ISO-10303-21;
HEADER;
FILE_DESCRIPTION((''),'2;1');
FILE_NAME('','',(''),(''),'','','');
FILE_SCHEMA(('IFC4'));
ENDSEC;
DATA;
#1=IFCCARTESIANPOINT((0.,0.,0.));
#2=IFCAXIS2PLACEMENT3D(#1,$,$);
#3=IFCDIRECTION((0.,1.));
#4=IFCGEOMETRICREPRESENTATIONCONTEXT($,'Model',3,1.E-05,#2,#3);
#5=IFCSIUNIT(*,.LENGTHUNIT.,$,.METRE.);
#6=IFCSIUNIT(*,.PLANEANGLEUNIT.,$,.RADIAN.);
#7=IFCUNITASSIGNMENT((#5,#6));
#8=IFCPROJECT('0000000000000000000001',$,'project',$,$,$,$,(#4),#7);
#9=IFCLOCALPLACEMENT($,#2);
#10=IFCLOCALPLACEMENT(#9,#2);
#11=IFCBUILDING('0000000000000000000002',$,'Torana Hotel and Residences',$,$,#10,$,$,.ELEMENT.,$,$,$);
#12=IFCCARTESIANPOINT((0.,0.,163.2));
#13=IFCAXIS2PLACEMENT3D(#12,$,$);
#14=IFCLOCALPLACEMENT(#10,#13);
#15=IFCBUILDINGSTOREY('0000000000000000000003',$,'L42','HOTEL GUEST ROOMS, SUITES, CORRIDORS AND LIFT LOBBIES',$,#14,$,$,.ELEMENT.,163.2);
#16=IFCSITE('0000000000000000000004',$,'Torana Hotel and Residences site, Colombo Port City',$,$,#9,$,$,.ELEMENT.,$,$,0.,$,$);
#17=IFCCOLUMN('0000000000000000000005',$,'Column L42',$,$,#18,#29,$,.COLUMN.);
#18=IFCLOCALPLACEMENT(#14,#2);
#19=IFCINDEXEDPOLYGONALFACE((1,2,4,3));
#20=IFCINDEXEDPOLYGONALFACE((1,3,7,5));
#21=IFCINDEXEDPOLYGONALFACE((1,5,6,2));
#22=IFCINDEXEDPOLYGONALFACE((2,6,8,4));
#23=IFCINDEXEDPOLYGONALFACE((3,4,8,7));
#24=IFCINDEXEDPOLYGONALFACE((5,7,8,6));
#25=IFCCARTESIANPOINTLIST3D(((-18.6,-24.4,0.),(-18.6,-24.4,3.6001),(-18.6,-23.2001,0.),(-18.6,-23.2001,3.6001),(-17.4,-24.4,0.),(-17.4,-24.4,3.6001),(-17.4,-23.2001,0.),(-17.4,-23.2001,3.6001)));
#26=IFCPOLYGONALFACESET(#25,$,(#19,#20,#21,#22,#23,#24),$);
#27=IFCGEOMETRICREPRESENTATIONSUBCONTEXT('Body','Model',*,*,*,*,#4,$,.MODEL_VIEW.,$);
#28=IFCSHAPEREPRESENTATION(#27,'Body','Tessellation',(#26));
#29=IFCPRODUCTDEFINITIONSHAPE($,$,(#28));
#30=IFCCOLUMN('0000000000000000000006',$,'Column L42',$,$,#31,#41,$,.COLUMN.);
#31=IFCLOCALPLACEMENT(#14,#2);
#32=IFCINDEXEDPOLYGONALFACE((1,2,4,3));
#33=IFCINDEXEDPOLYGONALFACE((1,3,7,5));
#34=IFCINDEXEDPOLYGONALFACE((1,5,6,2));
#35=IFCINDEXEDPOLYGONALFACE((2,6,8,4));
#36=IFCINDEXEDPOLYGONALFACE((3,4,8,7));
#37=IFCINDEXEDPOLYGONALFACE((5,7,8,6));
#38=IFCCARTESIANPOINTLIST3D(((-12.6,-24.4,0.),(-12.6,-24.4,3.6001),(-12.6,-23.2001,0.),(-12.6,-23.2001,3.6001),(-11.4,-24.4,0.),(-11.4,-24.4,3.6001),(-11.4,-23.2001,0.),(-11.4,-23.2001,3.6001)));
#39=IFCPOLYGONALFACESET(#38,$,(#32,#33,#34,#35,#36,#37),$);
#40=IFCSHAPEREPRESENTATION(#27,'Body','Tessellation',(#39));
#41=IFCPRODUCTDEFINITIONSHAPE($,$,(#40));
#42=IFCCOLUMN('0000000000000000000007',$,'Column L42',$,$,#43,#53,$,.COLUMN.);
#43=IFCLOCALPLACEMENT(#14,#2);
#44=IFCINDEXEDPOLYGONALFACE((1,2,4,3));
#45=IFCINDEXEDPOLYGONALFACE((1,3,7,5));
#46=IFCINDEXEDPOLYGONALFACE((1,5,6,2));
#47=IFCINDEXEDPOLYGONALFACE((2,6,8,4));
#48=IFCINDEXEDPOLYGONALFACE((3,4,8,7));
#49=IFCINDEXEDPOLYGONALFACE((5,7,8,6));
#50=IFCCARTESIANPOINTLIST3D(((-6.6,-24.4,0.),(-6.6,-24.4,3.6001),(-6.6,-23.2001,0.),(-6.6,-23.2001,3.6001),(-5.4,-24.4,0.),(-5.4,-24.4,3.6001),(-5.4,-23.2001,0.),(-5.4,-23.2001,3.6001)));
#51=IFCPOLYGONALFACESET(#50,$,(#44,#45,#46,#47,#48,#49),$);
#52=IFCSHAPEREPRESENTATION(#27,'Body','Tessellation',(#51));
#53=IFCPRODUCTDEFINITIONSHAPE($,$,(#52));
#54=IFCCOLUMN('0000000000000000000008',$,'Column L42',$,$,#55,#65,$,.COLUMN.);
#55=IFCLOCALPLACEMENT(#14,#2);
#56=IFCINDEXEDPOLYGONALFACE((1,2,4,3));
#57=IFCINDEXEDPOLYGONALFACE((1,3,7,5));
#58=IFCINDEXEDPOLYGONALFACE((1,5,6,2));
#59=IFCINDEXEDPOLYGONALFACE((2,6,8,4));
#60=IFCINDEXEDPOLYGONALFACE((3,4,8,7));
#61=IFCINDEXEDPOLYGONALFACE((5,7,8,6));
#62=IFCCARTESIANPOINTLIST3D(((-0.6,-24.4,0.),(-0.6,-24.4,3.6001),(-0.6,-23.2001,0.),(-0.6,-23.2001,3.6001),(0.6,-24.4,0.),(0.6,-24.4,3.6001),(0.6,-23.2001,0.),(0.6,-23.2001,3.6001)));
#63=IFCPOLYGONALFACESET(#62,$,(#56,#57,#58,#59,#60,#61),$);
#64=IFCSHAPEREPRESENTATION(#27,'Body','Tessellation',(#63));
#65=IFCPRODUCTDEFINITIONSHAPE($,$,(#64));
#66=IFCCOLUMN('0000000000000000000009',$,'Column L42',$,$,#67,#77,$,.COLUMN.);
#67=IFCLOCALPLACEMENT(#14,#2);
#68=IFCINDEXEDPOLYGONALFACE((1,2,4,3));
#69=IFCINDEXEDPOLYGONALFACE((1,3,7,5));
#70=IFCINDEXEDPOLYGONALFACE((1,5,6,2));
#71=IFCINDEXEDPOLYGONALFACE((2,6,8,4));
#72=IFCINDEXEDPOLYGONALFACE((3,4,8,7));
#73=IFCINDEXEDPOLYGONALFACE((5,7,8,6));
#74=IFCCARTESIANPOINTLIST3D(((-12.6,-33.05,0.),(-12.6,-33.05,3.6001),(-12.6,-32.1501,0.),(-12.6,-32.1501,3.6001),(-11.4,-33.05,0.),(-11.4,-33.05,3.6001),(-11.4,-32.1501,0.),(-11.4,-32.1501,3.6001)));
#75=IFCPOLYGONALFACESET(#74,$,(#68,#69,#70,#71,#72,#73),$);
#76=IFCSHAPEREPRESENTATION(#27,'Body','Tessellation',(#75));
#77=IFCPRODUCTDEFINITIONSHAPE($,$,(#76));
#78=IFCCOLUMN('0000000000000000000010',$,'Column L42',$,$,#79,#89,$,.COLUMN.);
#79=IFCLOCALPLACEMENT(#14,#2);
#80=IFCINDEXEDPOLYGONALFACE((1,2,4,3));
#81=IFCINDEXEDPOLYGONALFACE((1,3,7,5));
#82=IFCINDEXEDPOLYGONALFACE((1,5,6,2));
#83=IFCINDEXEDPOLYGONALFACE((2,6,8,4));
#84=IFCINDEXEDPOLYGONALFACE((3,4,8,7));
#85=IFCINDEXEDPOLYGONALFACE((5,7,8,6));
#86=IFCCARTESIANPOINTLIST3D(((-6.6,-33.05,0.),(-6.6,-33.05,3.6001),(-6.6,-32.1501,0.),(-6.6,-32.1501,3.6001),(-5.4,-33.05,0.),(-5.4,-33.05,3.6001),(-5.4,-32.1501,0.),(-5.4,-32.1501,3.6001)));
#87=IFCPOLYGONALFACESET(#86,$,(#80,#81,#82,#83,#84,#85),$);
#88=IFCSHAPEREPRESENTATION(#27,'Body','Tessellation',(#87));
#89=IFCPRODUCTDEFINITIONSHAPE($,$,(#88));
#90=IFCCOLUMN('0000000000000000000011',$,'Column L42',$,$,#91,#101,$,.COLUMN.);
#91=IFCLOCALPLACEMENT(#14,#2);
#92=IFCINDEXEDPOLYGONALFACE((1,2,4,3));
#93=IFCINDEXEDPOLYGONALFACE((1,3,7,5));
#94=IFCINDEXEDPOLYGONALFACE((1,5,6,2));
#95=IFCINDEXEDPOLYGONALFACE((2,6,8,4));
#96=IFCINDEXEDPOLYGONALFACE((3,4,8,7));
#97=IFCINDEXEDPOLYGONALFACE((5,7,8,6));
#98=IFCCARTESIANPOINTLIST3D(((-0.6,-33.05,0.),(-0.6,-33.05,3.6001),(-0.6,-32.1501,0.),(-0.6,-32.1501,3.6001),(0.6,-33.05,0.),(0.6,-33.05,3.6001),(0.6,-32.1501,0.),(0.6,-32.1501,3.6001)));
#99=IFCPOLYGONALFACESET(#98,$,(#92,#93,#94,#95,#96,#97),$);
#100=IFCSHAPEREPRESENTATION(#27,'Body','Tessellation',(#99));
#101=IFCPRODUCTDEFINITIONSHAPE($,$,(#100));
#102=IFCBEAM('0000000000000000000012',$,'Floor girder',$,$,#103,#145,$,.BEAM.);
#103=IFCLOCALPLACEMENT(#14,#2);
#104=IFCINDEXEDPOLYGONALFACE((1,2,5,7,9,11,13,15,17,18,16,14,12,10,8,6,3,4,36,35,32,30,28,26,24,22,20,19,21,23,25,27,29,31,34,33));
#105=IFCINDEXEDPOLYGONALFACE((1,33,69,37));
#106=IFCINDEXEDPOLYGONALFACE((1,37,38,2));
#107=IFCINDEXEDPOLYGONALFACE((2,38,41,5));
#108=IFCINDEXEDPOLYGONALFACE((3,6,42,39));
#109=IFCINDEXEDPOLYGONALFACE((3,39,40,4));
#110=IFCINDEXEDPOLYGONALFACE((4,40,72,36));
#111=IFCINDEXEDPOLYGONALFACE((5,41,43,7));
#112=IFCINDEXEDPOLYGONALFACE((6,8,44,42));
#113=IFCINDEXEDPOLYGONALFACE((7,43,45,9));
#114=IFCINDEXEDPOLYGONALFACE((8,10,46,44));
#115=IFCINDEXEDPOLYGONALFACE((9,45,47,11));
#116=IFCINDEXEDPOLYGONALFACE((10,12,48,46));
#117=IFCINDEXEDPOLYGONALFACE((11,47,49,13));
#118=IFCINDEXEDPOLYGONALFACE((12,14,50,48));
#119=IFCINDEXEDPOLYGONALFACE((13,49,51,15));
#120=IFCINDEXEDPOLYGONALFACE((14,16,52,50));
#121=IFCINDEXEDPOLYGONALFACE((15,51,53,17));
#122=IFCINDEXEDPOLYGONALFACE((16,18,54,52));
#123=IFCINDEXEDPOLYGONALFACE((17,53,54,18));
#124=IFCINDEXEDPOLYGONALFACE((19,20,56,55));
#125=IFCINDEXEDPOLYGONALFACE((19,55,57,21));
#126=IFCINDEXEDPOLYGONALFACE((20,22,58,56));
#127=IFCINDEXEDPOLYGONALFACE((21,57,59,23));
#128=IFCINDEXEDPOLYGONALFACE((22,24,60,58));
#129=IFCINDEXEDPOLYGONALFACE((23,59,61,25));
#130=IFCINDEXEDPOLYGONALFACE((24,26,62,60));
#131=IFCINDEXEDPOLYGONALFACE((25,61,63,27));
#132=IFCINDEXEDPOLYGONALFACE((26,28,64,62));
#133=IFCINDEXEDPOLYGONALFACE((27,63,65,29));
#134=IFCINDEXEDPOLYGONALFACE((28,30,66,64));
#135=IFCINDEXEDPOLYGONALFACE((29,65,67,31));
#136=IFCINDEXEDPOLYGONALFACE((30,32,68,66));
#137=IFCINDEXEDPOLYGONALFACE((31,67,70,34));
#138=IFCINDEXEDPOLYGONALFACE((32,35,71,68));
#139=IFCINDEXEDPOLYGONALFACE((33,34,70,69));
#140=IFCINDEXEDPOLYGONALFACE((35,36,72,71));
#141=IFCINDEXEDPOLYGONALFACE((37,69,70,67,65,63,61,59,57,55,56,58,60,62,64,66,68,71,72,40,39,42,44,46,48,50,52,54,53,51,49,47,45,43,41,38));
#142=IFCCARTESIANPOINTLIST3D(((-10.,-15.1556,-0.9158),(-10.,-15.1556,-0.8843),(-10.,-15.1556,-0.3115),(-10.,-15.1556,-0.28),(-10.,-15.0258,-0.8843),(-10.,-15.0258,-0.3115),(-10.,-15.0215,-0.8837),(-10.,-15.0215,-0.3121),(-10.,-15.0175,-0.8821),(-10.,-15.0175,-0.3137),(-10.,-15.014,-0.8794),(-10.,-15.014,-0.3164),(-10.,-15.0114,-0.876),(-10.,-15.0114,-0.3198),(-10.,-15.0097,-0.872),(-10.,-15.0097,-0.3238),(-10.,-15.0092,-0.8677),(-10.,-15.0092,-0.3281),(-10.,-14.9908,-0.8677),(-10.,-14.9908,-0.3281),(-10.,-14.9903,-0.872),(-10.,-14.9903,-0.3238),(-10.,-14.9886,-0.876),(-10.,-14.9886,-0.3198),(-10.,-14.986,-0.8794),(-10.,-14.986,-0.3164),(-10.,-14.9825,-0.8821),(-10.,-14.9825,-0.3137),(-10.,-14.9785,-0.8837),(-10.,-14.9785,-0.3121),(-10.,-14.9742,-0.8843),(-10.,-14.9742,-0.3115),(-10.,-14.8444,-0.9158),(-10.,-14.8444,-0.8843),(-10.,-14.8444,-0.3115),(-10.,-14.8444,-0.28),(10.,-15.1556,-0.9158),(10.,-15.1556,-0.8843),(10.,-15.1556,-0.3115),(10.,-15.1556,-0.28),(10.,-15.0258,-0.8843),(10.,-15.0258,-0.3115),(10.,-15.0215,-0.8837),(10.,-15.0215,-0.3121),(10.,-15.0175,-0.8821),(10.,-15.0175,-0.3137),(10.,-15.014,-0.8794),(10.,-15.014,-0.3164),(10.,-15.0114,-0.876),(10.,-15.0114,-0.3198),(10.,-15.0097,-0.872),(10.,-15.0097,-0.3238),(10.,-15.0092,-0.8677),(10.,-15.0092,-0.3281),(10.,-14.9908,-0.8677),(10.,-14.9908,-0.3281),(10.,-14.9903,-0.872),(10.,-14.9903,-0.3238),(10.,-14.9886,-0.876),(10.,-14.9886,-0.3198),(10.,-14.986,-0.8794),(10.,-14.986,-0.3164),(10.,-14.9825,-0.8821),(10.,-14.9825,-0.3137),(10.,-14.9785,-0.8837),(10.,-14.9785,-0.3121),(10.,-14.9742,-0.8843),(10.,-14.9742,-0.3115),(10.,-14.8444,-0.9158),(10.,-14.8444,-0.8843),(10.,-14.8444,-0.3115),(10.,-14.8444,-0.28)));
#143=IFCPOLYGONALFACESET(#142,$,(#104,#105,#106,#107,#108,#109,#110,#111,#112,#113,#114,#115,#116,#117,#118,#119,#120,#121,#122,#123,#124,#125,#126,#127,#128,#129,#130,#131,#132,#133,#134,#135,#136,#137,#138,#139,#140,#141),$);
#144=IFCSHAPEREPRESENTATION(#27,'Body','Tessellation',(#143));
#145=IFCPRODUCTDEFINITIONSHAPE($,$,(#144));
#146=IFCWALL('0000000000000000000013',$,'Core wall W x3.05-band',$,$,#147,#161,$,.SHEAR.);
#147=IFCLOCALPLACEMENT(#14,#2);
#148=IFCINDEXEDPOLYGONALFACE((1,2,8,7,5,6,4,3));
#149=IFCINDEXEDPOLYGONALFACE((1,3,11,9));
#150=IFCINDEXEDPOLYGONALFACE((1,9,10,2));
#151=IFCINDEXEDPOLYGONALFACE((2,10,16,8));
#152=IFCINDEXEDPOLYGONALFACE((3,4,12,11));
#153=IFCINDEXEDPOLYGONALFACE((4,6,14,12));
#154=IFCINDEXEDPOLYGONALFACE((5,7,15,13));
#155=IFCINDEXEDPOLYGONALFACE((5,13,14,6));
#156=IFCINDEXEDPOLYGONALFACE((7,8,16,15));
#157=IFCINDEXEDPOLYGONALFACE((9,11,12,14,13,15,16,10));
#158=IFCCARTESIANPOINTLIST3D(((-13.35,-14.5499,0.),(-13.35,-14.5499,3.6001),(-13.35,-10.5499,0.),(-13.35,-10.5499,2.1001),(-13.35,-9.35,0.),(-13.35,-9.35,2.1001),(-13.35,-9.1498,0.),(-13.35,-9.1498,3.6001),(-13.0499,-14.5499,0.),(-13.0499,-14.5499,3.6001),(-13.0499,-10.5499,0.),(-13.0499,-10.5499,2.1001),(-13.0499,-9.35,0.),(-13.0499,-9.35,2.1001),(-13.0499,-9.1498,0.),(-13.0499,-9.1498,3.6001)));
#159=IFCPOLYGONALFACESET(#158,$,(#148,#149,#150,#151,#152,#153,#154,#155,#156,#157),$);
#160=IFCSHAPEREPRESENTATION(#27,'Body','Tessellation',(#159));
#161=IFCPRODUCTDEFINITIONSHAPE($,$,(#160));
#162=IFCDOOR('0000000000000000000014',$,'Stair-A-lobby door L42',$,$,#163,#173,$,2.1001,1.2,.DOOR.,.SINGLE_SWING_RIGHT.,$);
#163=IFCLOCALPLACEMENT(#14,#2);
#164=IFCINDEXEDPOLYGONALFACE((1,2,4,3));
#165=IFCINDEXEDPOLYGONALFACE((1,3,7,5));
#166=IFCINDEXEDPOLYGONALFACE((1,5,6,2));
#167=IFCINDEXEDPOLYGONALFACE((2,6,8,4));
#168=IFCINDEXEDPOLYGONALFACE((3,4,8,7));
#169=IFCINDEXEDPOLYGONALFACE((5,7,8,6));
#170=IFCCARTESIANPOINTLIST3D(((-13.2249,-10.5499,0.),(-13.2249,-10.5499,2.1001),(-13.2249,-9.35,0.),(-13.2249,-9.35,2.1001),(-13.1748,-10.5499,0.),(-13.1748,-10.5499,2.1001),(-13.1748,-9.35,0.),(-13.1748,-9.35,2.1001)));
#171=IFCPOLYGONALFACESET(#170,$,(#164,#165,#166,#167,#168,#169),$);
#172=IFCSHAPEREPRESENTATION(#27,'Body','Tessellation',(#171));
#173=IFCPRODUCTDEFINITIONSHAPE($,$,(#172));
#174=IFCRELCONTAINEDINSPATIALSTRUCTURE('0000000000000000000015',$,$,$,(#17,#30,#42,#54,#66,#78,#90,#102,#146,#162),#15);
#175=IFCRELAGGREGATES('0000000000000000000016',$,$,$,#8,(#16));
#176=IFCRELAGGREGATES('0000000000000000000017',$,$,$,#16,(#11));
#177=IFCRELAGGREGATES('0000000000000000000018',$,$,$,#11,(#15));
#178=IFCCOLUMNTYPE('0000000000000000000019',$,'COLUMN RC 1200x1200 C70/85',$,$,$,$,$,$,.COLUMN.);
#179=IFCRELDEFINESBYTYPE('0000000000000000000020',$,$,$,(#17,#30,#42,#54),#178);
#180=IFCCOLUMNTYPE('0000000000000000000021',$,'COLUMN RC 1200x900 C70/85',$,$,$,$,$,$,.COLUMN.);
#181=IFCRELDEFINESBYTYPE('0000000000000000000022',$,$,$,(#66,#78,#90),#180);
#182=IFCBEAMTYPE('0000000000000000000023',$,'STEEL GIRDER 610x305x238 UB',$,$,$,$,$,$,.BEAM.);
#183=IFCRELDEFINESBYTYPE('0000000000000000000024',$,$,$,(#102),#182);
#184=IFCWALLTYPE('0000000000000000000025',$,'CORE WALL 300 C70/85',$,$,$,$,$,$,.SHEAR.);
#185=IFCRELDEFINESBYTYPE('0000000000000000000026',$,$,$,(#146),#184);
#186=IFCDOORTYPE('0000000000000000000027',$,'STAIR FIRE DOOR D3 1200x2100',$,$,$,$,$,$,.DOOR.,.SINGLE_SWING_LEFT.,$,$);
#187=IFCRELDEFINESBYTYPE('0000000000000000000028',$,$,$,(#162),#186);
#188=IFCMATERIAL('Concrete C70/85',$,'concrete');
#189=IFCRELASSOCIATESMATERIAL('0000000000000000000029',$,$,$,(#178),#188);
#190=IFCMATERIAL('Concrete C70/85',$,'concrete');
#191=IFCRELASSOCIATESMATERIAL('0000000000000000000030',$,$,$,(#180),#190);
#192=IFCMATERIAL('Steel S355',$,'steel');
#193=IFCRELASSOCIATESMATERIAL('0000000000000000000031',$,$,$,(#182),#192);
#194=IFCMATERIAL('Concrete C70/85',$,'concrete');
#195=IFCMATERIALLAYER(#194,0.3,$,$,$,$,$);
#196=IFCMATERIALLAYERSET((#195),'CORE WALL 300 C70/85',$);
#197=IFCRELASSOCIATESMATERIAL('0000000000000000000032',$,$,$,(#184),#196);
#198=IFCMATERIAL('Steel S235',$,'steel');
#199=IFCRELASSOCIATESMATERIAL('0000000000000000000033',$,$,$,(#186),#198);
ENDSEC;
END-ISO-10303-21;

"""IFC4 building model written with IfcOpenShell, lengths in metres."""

from ifc_helpers import new_model, si_unit, direction, frame, frame_2d, origin, origin_2d, place, context, subcontext, project, spatial, rectangle, i_section, extrude, material, layer, layer_set, material_profile, profile_set, type_object, element, fill, save


model = new_model("IFC4")

# Units and contexts
model_context = context("Model", 3, precision=1e-05, world=origin(), true_north=direction((0.0, 1.0)))
body_context = subcontext(model_context, "Body", "Model", "MODEL_VIEW")
ifc_project = project(units=[si_unit("LENGTHUNIT", "METRE"), si_unit("PLANEANGLEUNIT", "RADIAN")], contexts=[model_context])

# Site, building, storey
site_placement = place(None, origin())
site = spatial("IfcSite", under=ifc_project, at=site_placement, Name="Torana Hotel and Residences site, Colombo Port City", CompositionType="ELEMENT", RefElevation=0.0)
building_placement = place(site_placement, origin())
building = spatial("IfcBuilding", under=site, at=building_placement, Name="Torana Hotel and Residences", CompositionType="ELEMENT")
storey_placement = place(building_placement, frame((0.0, 0.0, 163.2)))
storey = spatial("IfcBuildingStorey", under=building, at=storey_placement, Name="L42", Description="HOTEL GUEST ROOMS, SUITES, CORRIDORS AND LIFT LOBBIES", CompositionType="ELEMENT", Elevation=163.2)

# Columns
ifc_material_1 = material(Name="Concrete C70/85", Category="concrete")
ifc_material_profile_1 = material_profile(ifc_material_1, rectangle(XDim=1.2, YDim=1.2, at=origin_2d()), Name="RC 1200x1200")
ifc_profile_set_1 = profile_set([ifc_material_profile_1], Name="Concrete C70/85")
column_type_1 = type_object("IfcColumnType", Name="COLUMN RC 1200x1200 C70/85", PredefinedType="COLUMN", material=ifc_profile_set_1)
for number, where, z_axis, x_axis, name in (
    (1, (-18.0, -23.8, 0.0), (0.0, 0.0, 1.0), (1.0, 0.0, 0.0), "Column L42"),
    (2, (-12.0, -23.8, 0.0), (0.0, 0.0, 1.0), (1.0, 0.0, 0.0), "Column L42"),
    (3, (-6.0, -23.8, 0.0), (0.0, 0.0, 1.0), (1.0, 0.0, 0.0), "Column L42"),
    (4, (0.0, -23.8, 0.0), (0.0, 0.0, 1.0), (1.0, 0.0, 0.0), "Column L42"),
):
    element("IfcColumn", number, at=place(storey_placement, frame(where, z_axis=z_axis, x_axis=x_axis)), inside=storey, type_object=column_type_1, Name=name, PredefinedType="COLUMN", context=body_context, shape_type="SweptSolid", body=[
        extrude(rectangle(XDim=1.2, YDim=1.2, at=origin_2d()), origin(), (0.0, 0.0, 1.0), 3.6001),
    ])
ifc_material_2 = material(Name="Concrete C70/85", Category="concrete")
ifc_material_profile_2 = material_profile(ifc_material_2, rectangle(XDim=1.2, YDim=0.8999, at=origin_2d()), Name="RC 1200x900")
ifc_profile_set_2 = profile_set([ifc_material_profile_2], Name="Concrete C70/85")
column_type_2 = type_object("IfcColumnType", Name="COLUMN RC 1200x900 C70/85", PredefinedType="COLUMN", material=ifc_profile_set_2)
for number, where, z_axis, x_axis, name in (
    (5, (-12.0, -32.6001, 0.0), (0.0, 0.0, 1.0), (1.0, 0.0, 0.0), "Column L42"),
    (6, (-6.0, -32.6001, 0.0), (0.0, 0.0, 1.0), (1.0, 0.0, 0.0), "Column L42"),
    (7, (0.0, -32.6001, 0.0), (0.0, 0.0, 1.0), (1.0, 0.0, 0.0), "Column L42"),
):
    element("IfcColumn", number, at=place(storey_placement, frame(where, z_axis=z_axis, x_axis=x_axis)), inside=storey, type_object=column_type_2, Name=name, PredefinedType="COLUMN", context=body_context, shape_type="SweptSolid", body=[
        extrude(rectangle(XDim=1.2, YDim=0.8999, at=origin_2d()), origin(), (0.0, 0.0, 1.0), 3.6001),
    ])

# Beam
ifc_material_3 = material(Name="Steel S355", Category="steel")
ifc_material_profile_3 = material_profile(ifc_material_3, i_section(OverallWidth=0.3113, OverallDepth=0.6357, WebThickness=0.0183, FlangeThickness=0.0315, FilletRadius=0.0166, at=origin_2d()), Name="610x305x238 UB")
ifc_profile_set_3 = profile_set([ifc_material_profile_3], Name="Steel S355")
beam_type = type_object("IfcBeamType", Name="STEEL GIRDER 610x305x238 UB", PredefinedType="BEAM", material=ifc_profile_set_3)
beam_placement = place(storey_placement, frame((-10.0, -15.0, -0.5979), z_axis=(1.0, 0.0, 0.0), x_axis=(0.0, 1.0, 0.0)))
element("IfcBeam", 8, at=beam_placement, inside=storey, type_object=beam_type, Name="Floor girder", PredefinedType="BEAM", context=body_context, shape_type="SweptSolid", body=[
    extrude(i_section(OverallWidth=0.3113, OverallDepth=0.6357, WebThickness=0.0183, FlangeThickness=0.0315, FilletRadius=0.0166, at=origin_2d()), origin(), (0.0, 0.0, 1.0), 20.0),
])

# Wall, opening, door
ifc_material_4 = material(Name="Concrete C70/85", Category="concrete")
ifc_layer_1 = layer(ifc_material_4, 0.3)
ifc_layer_set_1 = layer_set([ifc_layer_1], Name="CORE WALL 300 C70/85")
wall_type_1 = type_object("IfcWallType", Name="CORE WALL 300 C70/85", PredefinedType="SHEAR", material=ifc_layer_set_1)
wall_1_placement = place(storey_placement, frame((-13.2, -14.55, 0.0), z_axis=(0.0, 0.0, 1.0), x_axis=(0.0, 1.0, 0.0)))
wall_1 = element("IfcWall", 9, at=wall_1_placement, inside=storey, type_object=wall_type_1, Name="Core wall W x3.05-band", PredefinedType="SHEAR", context=body_context, shape_type="SweptSolid", body=[
    extrude(rectangle(XDim=5.4001, YDim=0.3, at=frame_2d((2.7002, 0.0))), origin(), (0.0, 0.0, 1.0), 3.6001),
])
opening_1_placement = place(wall_1_placement, frame((4.0, 0.0, 0.0)))
opening_1 = element("IfcOpeningElement", 10, at=opening_1_placement, cuts=wall_1, PredefinedType="OPENING", context=body_context, shape_type="SweptSolid", body=[
    extrude(rectangle(XDim=1.2, YDim=2.1001, at=frame_2d((0.6001, 1.05))), frame((0.0, 0.1599, 0.0), z_axis=(0.0, -1.0, 0.0), x_axis=(1.0, 0.0, 0.0)), (0.0, 0.0, 1.0), 0.3201),
])
ifc_material_5 = material(Name="Steel S235", Category="steel")
door_type_1 = type_object("IfcDoorType", Name="STAIR FIRE DOOR D3 1200x2100", OperationType="SINGLE_SWING_LEFT", PredefinedType="DOOR", material=ifc_material_5)
door_1_placement = place(opening_1_placement, frame((0.6001, 0.0, 0.0), z_axis=(0.0, 0.0, 1.0), x_axis=(-1.0, 0.0, 0.0)))
door_1 = element("IfcDoor", 11, at=door_1_placement, inside=storey, type_object=door_type_1, Name="Stair-A-lobby door L42", OperationType="SINGLE_SWING_RIGHT", OverallHeight=2.1001, OverallWidth=1.2, PredefinedType="DOOR", context=body_context, shape_type="SweptSolid", body=[
    extrude(rectangle(XDim=1.2, YDim=2.1001, at=frame_2d((0.0, 1.05))), frame((0.0, -0.0249, 0.0), z_axis=(0.0, 1.0, 0.0), x_axis=(-1.0, 0.0, 0.0)), (0.0, 0.0, 1.0), 0.05),
])
fill(opening_1, door_1)

save(model, "model.ifc")
